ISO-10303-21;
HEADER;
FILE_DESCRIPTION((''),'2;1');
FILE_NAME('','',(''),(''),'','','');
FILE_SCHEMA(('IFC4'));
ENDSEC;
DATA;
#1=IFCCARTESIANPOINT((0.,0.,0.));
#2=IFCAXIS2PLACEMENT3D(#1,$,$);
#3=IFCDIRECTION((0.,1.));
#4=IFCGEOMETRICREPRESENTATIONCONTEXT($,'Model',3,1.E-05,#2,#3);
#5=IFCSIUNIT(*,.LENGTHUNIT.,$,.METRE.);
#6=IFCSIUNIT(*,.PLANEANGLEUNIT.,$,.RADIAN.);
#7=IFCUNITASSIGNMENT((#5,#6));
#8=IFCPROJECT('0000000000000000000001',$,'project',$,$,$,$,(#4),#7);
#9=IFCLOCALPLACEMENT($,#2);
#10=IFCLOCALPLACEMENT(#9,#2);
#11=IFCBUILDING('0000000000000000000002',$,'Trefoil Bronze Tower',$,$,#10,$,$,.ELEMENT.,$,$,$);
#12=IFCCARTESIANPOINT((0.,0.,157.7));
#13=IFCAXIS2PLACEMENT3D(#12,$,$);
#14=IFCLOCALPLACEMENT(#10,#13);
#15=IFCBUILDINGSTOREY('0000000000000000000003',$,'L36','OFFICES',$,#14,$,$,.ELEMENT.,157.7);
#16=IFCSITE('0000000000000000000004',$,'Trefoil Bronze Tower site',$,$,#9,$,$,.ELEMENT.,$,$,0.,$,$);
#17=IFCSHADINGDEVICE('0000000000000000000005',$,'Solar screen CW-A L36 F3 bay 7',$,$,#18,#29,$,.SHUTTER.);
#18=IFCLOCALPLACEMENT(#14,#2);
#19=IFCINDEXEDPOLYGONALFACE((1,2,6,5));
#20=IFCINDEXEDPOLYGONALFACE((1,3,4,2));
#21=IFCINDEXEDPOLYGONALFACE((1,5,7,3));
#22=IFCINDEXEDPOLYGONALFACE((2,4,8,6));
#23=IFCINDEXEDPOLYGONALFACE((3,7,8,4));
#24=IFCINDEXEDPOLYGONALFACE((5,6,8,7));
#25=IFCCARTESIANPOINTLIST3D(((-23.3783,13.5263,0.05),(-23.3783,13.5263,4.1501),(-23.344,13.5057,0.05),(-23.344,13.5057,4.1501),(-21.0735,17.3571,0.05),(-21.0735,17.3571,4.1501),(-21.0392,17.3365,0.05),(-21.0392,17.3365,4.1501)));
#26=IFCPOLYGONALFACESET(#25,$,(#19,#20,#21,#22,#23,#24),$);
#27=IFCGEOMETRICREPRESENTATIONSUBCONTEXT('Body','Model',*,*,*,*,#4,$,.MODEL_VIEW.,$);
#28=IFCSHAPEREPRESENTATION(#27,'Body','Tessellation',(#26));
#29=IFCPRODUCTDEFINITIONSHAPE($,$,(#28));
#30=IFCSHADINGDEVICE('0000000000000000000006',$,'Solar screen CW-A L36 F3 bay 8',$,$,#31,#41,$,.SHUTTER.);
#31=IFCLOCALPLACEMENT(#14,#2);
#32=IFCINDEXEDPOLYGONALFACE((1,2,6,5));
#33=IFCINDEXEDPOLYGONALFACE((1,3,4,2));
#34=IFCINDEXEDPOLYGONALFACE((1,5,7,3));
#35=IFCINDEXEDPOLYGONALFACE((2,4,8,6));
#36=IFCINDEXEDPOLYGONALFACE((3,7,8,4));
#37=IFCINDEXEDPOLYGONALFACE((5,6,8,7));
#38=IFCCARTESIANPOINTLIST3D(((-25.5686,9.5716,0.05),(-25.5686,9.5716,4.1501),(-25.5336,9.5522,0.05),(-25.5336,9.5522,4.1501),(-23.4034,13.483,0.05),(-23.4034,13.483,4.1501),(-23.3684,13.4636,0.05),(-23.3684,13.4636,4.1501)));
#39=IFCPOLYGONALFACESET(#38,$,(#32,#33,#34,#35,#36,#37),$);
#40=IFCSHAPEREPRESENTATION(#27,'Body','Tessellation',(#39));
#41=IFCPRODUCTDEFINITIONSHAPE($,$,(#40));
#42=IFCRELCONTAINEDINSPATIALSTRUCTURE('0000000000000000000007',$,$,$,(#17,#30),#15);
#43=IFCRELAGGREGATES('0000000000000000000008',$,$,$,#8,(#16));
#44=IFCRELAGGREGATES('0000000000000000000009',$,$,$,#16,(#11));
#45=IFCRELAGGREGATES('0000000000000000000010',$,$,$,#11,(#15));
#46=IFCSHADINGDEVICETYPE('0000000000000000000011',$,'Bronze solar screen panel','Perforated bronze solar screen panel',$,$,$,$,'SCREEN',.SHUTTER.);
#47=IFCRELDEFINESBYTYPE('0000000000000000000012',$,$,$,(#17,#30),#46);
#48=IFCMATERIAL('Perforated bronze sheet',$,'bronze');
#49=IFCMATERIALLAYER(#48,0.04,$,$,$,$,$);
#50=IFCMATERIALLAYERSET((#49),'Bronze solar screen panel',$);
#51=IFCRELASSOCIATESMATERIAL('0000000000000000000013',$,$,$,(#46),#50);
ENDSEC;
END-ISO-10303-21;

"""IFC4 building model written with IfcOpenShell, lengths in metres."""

from ifc_helpers import new_model, si_unit, direction, frame, origin, origin_2d, place, context, subcontext, project, spatial, rectangle, extrude, material, layer, layer_set, type_object, element, save


model = new_model("IFC4")

# Units and contexts
model_context = context("Model", 3, precision=1e-05, world=origin(), true_north=direction((0.0, 1.0)))
body_context = subcontext(model_context, "Body", "Model", "MODEL_VIEW")
ifc_project = project(units=[si_unit("LENGTHUNIT", "METRE"), si_unit("PLANEANGLEUNIT", "RADIAN")], contexts=[model_context])

# Site, building, storey
site_placement = place(None, origin())
site = spatial("IfcSite", under=ifc_project, at=site_placement, Name="Trefoil Bronze Tower site", CompositionType="ELEMENT", RefElevation=0.0)
building_placement = place(site_placement, origin())
building = spatial("IfcBuilding", under=site, at=building_placement, Name="Trefoil Bronze Tower", CompositionType="ELEMENT")
storey_placement = place(building_placement, frame((0.0, 0.0, 157.7)))
storey = spatial("IfcBuildingStorey", under=building, at=storey_placement, Name="L36", Description="OFFICES", CompositionType="ELEMENT", Elevation=157.7)

# Shading devices
ifc_material_1 = material(Name="Perforated bronze sheet", Category="bronze")
ifc_layer_1 = layer(ifc_material_1, 0.04)
ifc_layer_set_1 = layer_set([ifc_layer_1], Name="Bronze solar screen panel")
shading_device_type = type_object("IfcShadingDeviceType", Name="Bronze solar screen panel", Description="Perforated bronze solar screen panel", ElementType="SCREEN", PredefinedType="SHUTTER", material=ifc_layer_set_1)
for number, where, z_axis, x_axis, name in (
    (1, (-22.2087, 15.4314, 0.05), (0.0, 0.0, 1.0), (-0.515525, -0.856874, 0.0), "Solar screen CW-A L36 F3 bay 7"),
    (2, (-24.4685, 11.5176, 0.05), (0.0, 0.0, 1.0), (-0.484312, -0.874895, 0.0), "Solar screen CW-A L36 F3 bay 8"),
):
    element("IfcShadingDevice", number, at=place(storey_placement, frame(where, z_axis=z_axis, x_axis=x_axis)), inside=storey, type_object=shading_device_type, Name=name, PredefinedType="SHUTTER", context=body_context, shape_type="SweptSolid", body=[
        extrude(rectangle(XDim=4.4707, YDim=0.04, at=origin_2d()), origin(), (0.0, 0.0, 1.0), 4.1001),
    ])

save(model, "model.ifc")
